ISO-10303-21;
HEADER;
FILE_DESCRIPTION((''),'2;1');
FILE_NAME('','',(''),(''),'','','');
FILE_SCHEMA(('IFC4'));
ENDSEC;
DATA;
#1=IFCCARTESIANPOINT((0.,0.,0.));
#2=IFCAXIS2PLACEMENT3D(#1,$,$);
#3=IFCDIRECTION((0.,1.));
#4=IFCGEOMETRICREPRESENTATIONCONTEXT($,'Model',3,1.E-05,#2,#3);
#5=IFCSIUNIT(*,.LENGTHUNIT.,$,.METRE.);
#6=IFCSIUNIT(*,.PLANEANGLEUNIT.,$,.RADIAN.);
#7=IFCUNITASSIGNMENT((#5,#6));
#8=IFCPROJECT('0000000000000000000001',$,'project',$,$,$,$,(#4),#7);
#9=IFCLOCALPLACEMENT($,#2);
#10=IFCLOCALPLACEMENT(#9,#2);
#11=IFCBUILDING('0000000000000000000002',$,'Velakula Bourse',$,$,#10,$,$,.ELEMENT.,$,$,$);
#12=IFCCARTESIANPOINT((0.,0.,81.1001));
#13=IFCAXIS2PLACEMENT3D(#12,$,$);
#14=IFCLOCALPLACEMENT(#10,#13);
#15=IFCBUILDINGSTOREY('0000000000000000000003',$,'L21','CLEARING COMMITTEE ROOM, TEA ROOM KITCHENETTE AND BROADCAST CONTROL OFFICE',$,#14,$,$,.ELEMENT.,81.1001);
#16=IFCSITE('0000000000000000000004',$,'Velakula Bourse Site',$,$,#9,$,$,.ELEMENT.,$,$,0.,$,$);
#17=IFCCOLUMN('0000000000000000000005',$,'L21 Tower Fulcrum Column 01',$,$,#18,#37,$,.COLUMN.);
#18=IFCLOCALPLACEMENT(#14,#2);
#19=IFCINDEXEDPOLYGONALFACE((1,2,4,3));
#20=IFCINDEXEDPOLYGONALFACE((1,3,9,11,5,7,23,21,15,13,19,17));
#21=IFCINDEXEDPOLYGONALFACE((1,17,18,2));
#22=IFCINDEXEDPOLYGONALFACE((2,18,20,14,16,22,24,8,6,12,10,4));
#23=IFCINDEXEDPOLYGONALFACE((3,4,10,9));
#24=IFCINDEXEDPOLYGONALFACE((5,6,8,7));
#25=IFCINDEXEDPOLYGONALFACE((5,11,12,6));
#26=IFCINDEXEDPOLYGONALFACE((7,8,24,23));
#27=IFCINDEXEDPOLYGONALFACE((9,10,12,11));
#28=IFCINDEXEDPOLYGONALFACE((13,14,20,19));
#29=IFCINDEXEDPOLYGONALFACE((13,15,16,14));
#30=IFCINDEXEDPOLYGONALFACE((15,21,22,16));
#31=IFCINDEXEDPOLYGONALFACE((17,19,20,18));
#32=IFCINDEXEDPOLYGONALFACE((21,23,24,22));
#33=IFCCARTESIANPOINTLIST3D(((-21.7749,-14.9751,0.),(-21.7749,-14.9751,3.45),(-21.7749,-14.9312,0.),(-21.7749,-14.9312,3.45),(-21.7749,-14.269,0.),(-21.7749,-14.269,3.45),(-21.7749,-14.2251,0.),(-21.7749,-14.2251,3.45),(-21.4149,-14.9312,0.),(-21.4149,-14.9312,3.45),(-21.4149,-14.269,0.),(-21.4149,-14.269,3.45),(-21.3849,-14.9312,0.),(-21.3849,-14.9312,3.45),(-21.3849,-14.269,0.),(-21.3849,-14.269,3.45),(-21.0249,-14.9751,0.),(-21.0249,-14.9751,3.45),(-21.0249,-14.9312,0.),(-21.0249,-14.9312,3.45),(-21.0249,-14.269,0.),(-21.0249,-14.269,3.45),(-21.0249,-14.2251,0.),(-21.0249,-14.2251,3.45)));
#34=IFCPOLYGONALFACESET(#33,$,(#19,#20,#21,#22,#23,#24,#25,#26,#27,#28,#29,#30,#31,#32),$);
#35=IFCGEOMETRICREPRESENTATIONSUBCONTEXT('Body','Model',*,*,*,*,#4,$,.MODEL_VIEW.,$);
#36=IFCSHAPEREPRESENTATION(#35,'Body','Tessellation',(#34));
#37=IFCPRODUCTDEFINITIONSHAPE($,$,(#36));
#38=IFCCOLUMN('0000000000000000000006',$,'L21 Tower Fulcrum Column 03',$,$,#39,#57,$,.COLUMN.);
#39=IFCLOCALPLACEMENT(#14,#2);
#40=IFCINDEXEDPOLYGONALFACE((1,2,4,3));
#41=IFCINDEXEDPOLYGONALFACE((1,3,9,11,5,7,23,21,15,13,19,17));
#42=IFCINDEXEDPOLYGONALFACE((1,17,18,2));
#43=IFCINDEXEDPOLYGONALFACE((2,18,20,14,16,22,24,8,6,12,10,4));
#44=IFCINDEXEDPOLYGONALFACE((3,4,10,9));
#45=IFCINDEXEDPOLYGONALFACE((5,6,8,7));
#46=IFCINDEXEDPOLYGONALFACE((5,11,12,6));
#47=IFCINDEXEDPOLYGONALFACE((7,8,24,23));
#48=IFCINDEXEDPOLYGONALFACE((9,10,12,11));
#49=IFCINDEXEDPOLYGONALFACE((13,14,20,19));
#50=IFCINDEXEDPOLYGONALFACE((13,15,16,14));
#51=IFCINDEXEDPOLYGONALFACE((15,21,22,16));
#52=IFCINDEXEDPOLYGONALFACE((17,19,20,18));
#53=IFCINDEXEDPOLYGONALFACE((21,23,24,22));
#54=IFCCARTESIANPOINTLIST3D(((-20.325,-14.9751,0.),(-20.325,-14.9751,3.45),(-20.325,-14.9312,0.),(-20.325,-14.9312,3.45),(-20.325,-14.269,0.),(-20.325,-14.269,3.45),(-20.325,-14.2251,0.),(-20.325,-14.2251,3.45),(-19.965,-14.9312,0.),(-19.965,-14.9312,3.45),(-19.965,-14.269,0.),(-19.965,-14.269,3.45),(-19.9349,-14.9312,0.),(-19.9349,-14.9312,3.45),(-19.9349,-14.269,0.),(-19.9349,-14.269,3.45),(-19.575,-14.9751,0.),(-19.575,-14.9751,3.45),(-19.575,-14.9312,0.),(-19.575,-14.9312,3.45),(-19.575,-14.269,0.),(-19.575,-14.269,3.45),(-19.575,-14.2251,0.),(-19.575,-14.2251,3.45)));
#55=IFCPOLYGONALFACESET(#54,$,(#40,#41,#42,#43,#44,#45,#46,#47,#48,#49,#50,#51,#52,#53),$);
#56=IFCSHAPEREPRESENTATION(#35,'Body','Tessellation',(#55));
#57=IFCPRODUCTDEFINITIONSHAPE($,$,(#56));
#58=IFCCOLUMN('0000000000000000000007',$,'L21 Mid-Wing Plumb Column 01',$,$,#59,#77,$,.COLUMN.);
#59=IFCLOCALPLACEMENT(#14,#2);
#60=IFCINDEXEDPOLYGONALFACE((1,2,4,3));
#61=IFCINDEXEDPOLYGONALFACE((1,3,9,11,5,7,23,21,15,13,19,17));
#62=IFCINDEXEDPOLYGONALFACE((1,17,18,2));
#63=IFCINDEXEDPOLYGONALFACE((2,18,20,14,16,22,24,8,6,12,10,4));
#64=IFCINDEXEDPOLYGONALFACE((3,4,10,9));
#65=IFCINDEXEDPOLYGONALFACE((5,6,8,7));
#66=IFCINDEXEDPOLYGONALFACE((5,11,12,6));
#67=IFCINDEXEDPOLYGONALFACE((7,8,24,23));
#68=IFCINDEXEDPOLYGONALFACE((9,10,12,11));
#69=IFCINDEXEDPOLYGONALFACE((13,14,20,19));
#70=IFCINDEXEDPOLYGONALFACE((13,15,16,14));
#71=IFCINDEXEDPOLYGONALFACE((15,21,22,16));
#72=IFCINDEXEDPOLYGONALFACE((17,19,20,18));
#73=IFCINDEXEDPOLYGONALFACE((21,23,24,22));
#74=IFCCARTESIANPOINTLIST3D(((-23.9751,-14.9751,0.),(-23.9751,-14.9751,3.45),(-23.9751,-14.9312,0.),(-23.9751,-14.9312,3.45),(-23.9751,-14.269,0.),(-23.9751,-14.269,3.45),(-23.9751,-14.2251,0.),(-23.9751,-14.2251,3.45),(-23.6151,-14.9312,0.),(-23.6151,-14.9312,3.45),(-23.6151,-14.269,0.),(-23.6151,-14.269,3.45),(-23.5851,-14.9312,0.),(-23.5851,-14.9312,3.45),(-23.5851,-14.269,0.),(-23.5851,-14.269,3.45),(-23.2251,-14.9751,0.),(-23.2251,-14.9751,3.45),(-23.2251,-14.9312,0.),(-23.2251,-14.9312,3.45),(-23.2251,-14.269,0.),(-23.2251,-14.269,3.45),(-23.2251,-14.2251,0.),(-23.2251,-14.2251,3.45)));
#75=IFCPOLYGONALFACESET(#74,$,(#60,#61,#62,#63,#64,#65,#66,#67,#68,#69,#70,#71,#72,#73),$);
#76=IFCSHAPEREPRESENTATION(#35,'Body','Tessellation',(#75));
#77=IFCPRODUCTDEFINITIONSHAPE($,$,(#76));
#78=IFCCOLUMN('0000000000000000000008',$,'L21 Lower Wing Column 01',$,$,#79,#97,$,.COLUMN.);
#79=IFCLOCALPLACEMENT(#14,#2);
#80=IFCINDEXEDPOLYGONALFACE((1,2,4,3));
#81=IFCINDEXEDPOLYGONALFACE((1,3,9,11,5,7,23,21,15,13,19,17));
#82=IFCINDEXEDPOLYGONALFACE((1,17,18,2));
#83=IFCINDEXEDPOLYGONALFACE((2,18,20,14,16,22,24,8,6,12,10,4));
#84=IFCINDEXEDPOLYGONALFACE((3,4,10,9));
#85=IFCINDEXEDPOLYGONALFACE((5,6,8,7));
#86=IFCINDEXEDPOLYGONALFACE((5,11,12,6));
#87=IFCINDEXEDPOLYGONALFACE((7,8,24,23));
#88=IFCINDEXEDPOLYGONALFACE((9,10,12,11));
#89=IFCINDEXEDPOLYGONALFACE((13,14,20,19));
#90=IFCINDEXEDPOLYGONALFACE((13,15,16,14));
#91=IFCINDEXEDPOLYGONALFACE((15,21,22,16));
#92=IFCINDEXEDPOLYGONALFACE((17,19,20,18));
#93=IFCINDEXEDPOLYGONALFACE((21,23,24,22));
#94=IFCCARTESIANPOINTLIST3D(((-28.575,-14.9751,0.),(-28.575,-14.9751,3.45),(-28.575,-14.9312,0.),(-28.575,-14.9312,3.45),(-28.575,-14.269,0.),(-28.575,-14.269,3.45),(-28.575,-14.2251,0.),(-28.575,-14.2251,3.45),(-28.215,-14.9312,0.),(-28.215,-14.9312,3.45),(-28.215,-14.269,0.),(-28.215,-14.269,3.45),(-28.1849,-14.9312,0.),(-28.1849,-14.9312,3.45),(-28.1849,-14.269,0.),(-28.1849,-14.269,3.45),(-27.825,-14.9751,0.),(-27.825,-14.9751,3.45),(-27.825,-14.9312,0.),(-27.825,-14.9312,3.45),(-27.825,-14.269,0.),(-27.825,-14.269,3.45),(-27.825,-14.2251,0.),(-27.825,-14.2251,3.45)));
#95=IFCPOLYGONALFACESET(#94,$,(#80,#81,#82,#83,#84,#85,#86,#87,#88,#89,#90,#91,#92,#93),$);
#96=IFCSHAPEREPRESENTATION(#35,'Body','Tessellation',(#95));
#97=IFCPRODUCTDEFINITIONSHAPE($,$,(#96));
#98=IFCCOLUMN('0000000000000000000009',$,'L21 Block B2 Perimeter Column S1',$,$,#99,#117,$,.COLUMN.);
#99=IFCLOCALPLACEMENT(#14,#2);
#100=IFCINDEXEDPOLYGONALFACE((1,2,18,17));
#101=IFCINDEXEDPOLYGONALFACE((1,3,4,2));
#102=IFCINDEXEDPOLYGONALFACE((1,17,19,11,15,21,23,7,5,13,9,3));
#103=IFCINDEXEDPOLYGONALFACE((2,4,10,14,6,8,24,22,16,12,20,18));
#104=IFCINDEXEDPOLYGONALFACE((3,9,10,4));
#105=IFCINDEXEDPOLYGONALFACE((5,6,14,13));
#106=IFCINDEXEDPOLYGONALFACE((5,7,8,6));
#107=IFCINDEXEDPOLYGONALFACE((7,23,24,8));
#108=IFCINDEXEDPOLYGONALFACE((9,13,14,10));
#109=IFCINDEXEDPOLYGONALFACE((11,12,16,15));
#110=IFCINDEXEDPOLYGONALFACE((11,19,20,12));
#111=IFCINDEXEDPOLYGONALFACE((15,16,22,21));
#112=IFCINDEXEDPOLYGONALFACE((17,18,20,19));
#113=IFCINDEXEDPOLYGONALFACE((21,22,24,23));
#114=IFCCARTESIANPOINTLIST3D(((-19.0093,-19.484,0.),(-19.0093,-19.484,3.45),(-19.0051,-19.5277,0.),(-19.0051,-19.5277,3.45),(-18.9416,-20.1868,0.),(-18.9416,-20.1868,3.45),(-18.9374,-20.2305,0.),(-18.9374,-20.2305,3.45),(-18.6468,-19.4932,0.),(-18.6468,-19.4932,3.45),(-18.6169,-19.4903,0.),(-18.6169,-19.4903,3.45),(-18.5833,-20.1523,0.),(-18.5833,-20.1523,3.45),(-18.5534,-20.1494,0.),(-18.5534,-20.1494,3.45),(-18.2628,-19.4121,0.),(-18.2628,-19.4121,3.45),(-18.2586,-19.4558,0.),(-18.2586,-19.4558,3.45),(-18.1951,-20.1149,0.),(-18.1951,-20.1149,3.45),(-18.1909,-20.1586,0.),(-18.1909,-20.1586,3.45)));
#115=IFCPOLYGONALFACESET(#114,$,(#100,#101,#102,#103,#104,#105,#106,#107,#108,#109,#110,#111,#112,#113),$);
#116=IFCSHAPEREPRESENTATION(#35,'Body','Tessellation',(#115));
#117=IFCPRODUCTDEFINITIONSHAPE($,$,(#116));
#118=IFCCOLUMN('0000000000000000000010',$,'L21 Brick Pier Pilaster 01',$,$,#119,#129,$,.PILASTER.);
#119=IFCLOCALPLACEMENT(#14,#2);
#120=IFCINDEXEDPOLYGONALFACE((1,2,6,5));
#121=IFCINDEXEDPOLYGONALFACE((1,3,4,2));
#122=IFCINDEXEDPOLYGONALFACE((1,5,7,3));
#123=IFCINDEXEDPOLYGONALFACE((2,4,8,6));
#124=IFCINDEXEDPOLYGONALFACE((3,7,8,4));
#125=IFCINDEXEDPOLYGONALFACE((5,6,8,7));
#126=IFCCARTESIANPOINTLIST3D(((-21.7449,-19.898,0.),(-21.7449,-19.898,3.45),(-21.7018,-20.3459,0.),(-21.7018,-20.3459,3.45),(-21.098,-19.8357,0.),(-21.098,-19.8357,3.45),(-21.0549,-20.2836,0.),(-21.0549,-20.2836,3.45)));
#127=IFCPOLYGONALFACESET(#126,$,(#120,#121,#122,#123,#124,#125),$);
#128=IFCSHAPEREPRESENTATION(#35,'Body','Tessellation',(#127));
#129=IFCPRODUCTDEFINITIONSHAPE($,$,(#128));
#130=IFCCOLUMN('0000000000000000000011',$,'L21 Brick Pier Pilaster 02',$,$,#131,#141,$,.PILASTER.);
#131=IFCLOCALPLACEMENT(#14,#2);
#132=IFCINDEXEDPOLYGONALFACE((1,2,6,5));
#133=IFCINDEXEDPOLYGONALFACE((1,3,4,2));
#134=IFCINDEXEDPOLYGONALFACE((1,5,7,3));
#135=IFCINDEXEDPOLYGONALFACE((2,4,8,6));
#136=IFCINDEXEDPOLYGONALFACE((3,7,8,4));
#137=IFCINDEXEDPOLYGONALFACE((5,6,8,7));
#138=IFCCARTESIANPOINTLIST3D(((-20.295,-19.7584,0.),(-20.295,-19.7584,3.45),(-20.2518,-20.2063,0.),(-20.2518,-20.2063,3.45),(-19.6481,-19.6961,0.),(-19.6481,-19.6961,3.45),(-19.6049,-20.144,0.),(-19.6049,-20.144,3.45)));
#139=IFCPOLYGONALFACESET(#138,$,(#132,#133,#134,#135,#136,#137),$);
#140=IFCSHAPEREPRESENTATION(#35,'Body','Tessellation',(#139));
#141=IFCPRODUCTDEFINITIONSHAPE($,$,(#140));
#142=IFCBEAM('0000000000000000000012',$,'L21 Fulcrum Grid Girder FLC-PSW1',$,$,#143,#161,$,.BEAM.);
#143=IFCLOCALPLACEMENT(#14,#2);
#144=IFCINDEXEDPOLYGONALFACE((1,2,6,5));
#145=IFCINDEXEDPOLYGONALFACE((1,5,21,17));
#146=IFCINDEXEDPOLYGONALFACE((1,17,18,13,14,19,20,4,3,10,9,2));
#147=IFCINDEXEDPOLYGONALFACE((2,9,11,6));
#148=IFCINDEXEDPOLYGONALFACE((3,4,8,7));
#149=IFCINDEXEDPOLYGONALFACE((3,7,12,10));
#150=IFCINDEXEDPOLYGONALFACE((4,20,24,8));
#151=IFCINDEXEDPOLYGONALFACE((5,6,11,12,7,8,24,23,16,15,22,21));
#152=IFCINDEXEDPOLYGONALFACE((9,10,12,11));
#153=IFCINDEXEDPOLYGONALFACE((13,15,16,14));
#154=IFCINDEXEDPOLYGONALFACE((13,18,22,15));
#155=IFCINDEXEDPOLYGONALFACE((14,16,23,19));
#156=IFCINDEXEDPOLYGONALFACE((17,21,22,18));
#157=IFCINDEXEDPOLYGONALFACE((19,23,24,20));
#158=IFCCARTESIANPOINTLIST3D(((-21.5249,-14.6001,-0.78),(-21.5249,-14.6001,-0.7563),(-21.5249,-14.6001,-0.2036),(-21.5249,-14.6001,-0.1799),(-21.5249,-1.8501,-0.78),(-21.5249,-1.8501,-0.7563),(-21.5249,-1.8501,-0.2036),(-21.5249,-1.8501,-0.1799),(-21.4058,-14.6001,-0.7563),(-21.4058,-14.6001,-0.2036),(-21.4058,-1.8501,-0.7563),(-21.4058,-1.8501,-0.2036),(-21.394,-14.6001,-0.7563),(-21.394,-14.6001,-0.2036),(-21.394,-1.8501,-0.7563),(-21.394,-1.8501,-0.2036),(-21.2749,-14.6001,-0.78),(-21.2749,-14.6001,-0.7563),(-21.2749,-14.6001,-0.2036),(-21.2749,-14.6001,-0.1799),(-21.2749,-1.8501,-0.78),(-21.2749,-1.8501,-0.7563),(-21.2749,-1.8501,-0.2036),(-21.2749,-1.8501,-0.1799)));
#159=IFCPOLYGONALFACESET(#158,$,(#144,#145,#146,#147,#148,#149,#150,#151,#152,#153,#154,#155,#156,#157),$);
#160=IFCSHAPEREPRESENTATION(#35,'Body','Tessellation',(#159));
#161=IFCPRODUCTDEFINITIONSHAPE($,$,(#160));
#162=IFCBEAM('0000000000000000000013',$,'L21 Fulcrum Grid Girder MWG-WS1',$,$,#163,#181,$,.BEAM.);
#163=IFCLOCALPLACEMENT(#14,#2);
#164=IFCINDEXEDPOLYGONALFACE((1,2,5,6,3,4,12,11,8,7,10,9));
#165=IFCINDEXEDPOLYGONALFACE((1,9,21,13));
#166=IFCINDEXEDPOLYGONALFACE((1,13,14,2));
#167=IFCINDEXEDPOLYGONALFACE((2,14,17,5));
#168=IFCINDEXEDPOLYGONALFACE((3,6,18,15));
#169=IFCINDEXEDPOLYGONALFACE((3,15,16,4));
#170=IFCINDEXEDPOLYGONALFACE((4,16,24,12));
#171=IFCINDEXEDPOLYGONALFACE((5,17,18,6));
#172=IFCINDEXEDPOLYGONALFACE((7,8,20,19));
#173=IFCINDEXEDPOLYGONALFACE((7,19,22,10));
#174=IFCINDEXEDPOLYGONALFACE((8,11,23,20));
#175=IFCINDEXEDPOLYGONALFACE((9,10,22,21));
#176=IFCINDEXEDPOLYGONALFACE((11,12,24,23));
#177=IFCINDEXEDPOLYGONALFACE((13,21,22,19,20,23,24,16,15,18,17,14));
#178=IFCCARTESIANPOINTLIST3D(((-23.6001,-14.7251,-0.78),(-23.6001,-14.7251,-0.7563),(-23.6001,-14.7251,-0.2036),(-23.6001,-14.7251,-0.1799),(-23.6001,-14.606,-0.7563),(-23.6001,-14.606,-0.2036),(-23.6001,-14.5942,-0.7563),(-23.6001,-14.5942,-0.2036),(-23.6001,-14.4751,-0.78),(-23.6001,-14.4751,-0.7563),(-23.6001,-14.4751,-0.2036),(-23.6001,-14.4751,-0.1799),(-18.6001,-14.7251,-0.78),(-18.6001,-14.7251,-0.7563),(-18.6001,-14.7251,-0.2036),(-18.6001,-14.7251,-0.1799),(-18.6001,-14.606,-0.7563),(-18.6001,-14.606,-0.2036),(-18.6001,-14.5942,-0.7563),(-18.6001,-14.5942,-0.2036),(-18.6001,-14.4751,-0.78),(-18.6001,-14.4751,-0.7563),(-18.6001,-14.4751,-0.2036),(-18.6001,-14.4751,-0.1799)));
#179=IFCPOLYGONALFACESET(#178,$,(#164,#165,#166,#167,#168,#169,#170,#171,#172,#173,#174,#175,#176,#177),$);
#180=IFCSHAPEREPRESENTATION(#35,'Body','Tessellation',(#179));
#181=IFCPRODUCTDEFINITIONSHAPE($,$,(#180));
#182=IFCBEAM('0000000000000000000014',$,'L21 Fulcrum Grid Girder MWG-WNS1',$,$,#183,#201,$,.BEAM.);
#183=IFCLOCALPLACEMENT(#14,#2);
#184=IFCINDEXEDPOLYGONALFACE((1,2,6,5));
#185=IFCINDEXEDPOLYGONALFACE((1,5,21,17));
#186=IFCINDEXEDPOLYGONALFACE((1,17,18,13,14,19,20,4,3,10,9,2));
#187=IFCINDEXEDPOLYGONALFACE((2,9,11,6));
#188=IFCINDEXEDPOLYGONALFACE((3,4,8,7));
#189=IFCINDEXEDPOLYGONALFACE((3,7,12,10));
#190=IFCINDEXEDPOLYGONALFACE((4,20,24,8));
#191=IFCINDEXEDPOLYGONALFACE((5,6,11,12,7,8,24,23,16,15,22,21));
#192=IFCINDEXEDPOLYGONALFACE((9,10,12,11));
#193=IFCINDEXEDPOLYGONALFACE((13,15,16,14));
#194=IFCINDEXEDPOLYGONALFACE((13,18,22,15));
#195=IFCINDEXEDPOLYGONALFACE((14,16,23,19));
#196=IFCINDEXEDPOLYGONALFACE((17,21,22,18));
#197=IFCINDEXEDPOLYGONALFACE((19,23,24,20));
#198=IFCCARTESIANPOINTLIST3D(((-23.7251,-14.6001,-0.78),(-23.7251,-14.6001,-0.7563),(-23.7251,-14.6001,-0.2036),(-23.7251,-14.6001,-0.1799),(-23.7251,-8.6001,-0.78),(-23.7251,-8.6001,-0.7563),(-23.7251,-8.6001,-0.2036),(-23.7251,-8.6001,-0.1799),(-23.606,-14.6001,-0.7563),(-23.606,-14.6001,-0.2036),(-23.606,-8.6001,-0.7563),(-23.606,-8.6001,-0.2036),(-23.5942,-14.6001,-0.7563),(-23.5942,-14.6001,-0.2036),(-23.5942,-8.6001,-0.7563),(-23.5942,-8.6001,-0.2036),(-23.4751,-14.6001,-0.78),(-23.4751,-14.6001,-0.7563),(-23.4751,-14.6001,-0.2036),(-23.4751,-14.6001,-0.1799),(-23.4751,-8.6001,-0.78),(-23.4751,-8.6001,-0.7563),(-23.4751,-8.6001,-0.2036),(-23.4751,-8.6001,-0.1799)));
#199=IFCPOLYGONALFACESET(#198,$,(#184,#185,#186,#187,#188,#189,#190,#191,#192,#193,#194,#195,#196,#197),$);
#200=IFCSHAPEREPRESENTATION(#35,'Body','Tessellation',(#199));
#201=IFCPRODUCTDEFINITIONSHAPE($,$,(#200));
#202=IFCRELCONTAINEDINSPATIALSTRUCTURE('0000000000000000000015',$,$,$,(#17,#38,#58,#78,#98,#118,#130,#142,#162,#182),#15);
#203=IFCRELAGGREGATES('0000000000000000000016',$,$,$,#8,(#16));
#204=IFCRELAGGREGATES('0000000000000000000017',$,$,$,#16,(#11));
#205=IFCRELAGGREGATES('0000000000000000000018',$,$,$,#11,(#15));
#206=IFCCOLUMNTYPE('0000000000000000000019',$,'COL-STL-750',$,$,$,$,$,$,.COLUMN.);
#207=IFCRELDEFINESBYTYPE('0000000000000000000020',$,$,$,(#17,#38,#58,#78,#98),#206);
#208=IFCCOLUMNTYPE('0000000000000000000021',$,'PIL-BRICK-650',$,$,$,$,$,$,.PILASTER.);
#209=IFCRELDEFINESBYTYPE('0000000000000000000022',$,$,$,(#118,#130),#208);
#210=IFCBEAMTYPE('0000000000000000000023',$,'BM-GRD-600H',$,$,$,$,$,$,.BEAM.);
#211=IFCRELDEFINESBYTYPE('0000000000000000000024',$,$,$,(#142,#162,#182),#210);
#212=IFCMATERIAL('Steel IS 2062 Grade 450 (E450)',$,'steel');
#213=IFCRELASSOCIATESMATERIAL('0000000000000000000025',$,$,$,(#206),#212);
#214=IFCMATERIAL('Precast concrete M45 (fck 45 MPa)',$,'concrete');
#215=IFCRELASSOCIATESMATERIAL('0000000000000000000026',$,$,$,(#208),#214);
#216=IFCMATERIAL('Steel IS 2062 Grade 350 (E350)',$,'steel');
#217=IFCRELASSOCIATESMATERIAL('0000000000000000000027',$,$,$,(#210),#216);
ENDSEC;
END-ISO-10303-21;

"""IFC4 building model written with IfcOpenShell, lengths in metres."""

from ifc_helpers import new_model, si_unit, direction, frame, origin, origin_2d, place, context, subcontext, project, spatial, rectangle, i_section, extrude, material, material_profile, profile_set, type_object, element, save


model = new_model("IFC4")

# Units and contexts
model_context = context("Model", 3, precision=1e-05, world=origin(), true_north=direction((0.0, 1.0)))
body_context = subcontext(model_context, "Body", "Model", "MODEL_VIEW")
ifc_project = project(units=[si_unit("LENGTHUNIT", "METRE"), si_unit("PLANEANGLEUNIT", "RADIAN")], contexts=[model_context])

# Site, building, storey
site_placement = place(None, origin())
site = spatial("IfcSite", under=ifc_project, at=site_placement, Name="Velakula Bourse Site", CompositionType="ELEMENT", RefElevation=0.0)
building_placement = place(site_placement, origin())
building = spatial("IfcBuilding", under=site, at=building_placement, Name="Velakula Bourse", CompositionType="ELEMENT")
storey_placement = place(building_placement, frame((0.0, 0.0, 81.1001)))
storey = spatial("IfcBuildingStorey", under=building, at=storey_placement, Name="L21", Description="CLEARING COMMITTEE ROOM, TEA ROOM KITCHENETTE AND BROADCAST CONTROL OFFICE", CompositionType="ELEMENT", Elevation=81.1001)

# Columns
ifc_material_1 = material(Name="Steel IS 2062 Grade 450 (E450)", Category="steel")
ifc_material_profile_1 = material_profile(ifc_material_1, i_section(OverallWidth=0.75, OverallDepth=0.75, WebThickness=0.03, FlangeThickness=0.0439, at=origin_2d()), Name="Steel IS 2062 Grade 450 (E450)")
ifc_profile_set_1 = profile_set([ifc_material_profile_1], Name="Steel IS 2062 Grade 450 (E450)")
column_type_1 = type_object("IfcColumnType", Name="COL-STL-750", PredefinedType="COLUMN", material=ifc_profile_set_1)
for number, where, z_axis, x_axis, name in (
    (1, (-21.3999, -14.6001, 0.0), (0.0, 0.0, 1.0), (1.0, 0.0, 0.0), "L21 Tower Fulcrum Column 01"),
    (2, (-19.95, -14.6001, 0.0), (0.0, 0.0, 1.0), (1.0, 0.0, 0.0), "L21 Tower Fulcrum Column 03"),
    (3, (-23.6001, -14.6001, 0.0), (0.0, 0.0, 1.0), (1.0, 0.0, 0.0), "L21 Mid-Wing Plumb Column 01"),
    (4, (-28.2, -14.6001, 0.0), (0.0, 0.0, 1.0), (1.0, 0.0, 0.0), "L21 Lower Wing Column 01"),
    (5, (-18.6001, -19.8213, 0.0), (0.0, 0.0, 1.0), (0.995396, 0.095846, 0.0), "L21 Block B2 Perimeter Column S1"),
):
    element("IfcColumn", number, at=place(storey_placement, frame(where, z_axis=z_axis, x_axis=x_axis)), inside=storey, type_object=column_type_1, Name=name, PredefinedType="COLUMN", context=body_context, shape_type="SweptSolid", body=[
        extrude(i_section(OverallWidth=0.75, OverallDepth=0.75, WebThickness=0.03, FlangeThickness=0.0439, at=origin_2d()), origin(), (0.0, 0.0, 1.0), 3.45),
    ])
ifc_material_2 = material(Name="Precast concrete M45 (fck 45 MPa)", Category="concrete")
ifc_material_profile_2 = material_profile(ifc_material_2, rectangle(XDim=0.6499, YDim=0.45, at=origin_2d()), Name="Precast concrete M45 (fck 45 MPa)")
ifc_profile_set_2 = profile_set([ifc_material_profile_2], Name="Precast concrete M45 (fck 45 MPa)")
column_type_2 = type_object("IfcColumnType", Name="PIL-BRICK-650", PredefinedType="PILASTER", material=ifc_profile_set_2)
for number, where, z_axis, x_axis, name in (
    (6, (-21.3999, -20.0908, 0.0), (0.0, 0.0, 1.0), (0.995396, 0.095846, 0.0), "L21 Brick Pier Pilaster 01"),
    (7, (-19.95, -19.9512, 0.0), (0.0, 0.0, 1.0), (0.995396, 0.095846, 0.0), "L21 Brick Pier Pilaster 02"),
):
    element("IfcColumn", number, at=place(storey_placement, frame(where, z_axis=z_axis, x_axis=x_axis)), inside=storey, type_object=column_type_2, Name=name, PredefinedType="PILASTER", context=body_context, shape_type="SweptSolid", body=[
        extrude(rectangle(XDim=0.6499, YDim=0.45, at=origin_2d()), origin(), (0.0, 0.0, 1.0), 3.45),
    ])

# Beams
ifc_material_3 = material(Name="Steel IS 2062 Grade 350 (E350)", Category="steel")
ifc_material_profile_3 = material_profile(ifc_material_3, i_section(OverallWidth=0.25, OverallDepth=0.6001, WebThickness=0.0117, FlangeThickness=0.0237, at=origin_2d()), Name="Steel IS 2062 Grade 350 (E350)")
ifc_profile_set_3 = profile_set([ifc_material_profile_3], Name="Steel IS 2062 Grade 350 (E350)")
beam_type_1 = type_object("IfcBeamType", Name="BM-GRD-600H", PredefinedType="BEAM", material=ifc_profile_set_3)
beam_1_placement = place(storey_placement, frame((-21.3999, -14.6001, -0.48), z_axis=(0.0, 1.0, 0.0), x_axis=(-1.0, 0.0, 0.0)))
element("IfcBeam", 8, at=beam_1_placement, inside=storey, type_object=beam_type_1, Name="L21 Fulcrum Grid Girder FLC-PSW1", PredefinedType="BEAM", context=body_context, shape_type="SweptSolid", body=[
    extrude(i_section(OverallWidth=0.25, OverallDepth=0.6001, WebThickness=0.0117, FlangeThickness=0.0237, at=origin_2d()), origin(), (0.0, 0.0, 1.0), 12.75),
])
beam_2_placement = place(storey_placement, frame((-23.6001, -14.6001, -0.48), z_axis=(1.0, 0.0, 0.0), x_axis=(0.0, 1.0, 0.0)))
element("IfcBeam", 9, at=beam_2_placement, inside=storey, type_object=beam_type_1, Name="L21 Fulcrum Grid Girder MWG-WS1", PredefinedType="BEAM", context=body_context, shape_type="SweptSolid", body=[
    extrude(i_section(OverallWidth=0.25, OverallDepth=0.6001, WebThickness=0.0117, FlangeThickness=0.0237, at=origin_2d()), origin(), (0.0, 0.0, 1.0), 5.0),
])
beam_3_placement = place(storey_placement, frame((-23.6001, -14.6001, -0.48), z_axis=(0.0, 1.0, 0.0), x_axis=(-1.0, 0.0, 0.0)))
element("IfcBeam", 10, at=beam_3_placement, inside=storey, type_object=beam_type_1, Name="L21 Fulcrum Grid Girder MWG-WNS1", PredefinedType="BEAM", context=body_context, shape_type="SweptSolid", body=[
    extrude(i_section(OverallWidth=0.25, OverallDepth=0.6001, WebThickness=0.0117, FlangeThickness=0.0237, at=origin_2d()), origin(), (0.0, 0.0, 1.0), 6.0),
])

save(model, "model.ifc")
